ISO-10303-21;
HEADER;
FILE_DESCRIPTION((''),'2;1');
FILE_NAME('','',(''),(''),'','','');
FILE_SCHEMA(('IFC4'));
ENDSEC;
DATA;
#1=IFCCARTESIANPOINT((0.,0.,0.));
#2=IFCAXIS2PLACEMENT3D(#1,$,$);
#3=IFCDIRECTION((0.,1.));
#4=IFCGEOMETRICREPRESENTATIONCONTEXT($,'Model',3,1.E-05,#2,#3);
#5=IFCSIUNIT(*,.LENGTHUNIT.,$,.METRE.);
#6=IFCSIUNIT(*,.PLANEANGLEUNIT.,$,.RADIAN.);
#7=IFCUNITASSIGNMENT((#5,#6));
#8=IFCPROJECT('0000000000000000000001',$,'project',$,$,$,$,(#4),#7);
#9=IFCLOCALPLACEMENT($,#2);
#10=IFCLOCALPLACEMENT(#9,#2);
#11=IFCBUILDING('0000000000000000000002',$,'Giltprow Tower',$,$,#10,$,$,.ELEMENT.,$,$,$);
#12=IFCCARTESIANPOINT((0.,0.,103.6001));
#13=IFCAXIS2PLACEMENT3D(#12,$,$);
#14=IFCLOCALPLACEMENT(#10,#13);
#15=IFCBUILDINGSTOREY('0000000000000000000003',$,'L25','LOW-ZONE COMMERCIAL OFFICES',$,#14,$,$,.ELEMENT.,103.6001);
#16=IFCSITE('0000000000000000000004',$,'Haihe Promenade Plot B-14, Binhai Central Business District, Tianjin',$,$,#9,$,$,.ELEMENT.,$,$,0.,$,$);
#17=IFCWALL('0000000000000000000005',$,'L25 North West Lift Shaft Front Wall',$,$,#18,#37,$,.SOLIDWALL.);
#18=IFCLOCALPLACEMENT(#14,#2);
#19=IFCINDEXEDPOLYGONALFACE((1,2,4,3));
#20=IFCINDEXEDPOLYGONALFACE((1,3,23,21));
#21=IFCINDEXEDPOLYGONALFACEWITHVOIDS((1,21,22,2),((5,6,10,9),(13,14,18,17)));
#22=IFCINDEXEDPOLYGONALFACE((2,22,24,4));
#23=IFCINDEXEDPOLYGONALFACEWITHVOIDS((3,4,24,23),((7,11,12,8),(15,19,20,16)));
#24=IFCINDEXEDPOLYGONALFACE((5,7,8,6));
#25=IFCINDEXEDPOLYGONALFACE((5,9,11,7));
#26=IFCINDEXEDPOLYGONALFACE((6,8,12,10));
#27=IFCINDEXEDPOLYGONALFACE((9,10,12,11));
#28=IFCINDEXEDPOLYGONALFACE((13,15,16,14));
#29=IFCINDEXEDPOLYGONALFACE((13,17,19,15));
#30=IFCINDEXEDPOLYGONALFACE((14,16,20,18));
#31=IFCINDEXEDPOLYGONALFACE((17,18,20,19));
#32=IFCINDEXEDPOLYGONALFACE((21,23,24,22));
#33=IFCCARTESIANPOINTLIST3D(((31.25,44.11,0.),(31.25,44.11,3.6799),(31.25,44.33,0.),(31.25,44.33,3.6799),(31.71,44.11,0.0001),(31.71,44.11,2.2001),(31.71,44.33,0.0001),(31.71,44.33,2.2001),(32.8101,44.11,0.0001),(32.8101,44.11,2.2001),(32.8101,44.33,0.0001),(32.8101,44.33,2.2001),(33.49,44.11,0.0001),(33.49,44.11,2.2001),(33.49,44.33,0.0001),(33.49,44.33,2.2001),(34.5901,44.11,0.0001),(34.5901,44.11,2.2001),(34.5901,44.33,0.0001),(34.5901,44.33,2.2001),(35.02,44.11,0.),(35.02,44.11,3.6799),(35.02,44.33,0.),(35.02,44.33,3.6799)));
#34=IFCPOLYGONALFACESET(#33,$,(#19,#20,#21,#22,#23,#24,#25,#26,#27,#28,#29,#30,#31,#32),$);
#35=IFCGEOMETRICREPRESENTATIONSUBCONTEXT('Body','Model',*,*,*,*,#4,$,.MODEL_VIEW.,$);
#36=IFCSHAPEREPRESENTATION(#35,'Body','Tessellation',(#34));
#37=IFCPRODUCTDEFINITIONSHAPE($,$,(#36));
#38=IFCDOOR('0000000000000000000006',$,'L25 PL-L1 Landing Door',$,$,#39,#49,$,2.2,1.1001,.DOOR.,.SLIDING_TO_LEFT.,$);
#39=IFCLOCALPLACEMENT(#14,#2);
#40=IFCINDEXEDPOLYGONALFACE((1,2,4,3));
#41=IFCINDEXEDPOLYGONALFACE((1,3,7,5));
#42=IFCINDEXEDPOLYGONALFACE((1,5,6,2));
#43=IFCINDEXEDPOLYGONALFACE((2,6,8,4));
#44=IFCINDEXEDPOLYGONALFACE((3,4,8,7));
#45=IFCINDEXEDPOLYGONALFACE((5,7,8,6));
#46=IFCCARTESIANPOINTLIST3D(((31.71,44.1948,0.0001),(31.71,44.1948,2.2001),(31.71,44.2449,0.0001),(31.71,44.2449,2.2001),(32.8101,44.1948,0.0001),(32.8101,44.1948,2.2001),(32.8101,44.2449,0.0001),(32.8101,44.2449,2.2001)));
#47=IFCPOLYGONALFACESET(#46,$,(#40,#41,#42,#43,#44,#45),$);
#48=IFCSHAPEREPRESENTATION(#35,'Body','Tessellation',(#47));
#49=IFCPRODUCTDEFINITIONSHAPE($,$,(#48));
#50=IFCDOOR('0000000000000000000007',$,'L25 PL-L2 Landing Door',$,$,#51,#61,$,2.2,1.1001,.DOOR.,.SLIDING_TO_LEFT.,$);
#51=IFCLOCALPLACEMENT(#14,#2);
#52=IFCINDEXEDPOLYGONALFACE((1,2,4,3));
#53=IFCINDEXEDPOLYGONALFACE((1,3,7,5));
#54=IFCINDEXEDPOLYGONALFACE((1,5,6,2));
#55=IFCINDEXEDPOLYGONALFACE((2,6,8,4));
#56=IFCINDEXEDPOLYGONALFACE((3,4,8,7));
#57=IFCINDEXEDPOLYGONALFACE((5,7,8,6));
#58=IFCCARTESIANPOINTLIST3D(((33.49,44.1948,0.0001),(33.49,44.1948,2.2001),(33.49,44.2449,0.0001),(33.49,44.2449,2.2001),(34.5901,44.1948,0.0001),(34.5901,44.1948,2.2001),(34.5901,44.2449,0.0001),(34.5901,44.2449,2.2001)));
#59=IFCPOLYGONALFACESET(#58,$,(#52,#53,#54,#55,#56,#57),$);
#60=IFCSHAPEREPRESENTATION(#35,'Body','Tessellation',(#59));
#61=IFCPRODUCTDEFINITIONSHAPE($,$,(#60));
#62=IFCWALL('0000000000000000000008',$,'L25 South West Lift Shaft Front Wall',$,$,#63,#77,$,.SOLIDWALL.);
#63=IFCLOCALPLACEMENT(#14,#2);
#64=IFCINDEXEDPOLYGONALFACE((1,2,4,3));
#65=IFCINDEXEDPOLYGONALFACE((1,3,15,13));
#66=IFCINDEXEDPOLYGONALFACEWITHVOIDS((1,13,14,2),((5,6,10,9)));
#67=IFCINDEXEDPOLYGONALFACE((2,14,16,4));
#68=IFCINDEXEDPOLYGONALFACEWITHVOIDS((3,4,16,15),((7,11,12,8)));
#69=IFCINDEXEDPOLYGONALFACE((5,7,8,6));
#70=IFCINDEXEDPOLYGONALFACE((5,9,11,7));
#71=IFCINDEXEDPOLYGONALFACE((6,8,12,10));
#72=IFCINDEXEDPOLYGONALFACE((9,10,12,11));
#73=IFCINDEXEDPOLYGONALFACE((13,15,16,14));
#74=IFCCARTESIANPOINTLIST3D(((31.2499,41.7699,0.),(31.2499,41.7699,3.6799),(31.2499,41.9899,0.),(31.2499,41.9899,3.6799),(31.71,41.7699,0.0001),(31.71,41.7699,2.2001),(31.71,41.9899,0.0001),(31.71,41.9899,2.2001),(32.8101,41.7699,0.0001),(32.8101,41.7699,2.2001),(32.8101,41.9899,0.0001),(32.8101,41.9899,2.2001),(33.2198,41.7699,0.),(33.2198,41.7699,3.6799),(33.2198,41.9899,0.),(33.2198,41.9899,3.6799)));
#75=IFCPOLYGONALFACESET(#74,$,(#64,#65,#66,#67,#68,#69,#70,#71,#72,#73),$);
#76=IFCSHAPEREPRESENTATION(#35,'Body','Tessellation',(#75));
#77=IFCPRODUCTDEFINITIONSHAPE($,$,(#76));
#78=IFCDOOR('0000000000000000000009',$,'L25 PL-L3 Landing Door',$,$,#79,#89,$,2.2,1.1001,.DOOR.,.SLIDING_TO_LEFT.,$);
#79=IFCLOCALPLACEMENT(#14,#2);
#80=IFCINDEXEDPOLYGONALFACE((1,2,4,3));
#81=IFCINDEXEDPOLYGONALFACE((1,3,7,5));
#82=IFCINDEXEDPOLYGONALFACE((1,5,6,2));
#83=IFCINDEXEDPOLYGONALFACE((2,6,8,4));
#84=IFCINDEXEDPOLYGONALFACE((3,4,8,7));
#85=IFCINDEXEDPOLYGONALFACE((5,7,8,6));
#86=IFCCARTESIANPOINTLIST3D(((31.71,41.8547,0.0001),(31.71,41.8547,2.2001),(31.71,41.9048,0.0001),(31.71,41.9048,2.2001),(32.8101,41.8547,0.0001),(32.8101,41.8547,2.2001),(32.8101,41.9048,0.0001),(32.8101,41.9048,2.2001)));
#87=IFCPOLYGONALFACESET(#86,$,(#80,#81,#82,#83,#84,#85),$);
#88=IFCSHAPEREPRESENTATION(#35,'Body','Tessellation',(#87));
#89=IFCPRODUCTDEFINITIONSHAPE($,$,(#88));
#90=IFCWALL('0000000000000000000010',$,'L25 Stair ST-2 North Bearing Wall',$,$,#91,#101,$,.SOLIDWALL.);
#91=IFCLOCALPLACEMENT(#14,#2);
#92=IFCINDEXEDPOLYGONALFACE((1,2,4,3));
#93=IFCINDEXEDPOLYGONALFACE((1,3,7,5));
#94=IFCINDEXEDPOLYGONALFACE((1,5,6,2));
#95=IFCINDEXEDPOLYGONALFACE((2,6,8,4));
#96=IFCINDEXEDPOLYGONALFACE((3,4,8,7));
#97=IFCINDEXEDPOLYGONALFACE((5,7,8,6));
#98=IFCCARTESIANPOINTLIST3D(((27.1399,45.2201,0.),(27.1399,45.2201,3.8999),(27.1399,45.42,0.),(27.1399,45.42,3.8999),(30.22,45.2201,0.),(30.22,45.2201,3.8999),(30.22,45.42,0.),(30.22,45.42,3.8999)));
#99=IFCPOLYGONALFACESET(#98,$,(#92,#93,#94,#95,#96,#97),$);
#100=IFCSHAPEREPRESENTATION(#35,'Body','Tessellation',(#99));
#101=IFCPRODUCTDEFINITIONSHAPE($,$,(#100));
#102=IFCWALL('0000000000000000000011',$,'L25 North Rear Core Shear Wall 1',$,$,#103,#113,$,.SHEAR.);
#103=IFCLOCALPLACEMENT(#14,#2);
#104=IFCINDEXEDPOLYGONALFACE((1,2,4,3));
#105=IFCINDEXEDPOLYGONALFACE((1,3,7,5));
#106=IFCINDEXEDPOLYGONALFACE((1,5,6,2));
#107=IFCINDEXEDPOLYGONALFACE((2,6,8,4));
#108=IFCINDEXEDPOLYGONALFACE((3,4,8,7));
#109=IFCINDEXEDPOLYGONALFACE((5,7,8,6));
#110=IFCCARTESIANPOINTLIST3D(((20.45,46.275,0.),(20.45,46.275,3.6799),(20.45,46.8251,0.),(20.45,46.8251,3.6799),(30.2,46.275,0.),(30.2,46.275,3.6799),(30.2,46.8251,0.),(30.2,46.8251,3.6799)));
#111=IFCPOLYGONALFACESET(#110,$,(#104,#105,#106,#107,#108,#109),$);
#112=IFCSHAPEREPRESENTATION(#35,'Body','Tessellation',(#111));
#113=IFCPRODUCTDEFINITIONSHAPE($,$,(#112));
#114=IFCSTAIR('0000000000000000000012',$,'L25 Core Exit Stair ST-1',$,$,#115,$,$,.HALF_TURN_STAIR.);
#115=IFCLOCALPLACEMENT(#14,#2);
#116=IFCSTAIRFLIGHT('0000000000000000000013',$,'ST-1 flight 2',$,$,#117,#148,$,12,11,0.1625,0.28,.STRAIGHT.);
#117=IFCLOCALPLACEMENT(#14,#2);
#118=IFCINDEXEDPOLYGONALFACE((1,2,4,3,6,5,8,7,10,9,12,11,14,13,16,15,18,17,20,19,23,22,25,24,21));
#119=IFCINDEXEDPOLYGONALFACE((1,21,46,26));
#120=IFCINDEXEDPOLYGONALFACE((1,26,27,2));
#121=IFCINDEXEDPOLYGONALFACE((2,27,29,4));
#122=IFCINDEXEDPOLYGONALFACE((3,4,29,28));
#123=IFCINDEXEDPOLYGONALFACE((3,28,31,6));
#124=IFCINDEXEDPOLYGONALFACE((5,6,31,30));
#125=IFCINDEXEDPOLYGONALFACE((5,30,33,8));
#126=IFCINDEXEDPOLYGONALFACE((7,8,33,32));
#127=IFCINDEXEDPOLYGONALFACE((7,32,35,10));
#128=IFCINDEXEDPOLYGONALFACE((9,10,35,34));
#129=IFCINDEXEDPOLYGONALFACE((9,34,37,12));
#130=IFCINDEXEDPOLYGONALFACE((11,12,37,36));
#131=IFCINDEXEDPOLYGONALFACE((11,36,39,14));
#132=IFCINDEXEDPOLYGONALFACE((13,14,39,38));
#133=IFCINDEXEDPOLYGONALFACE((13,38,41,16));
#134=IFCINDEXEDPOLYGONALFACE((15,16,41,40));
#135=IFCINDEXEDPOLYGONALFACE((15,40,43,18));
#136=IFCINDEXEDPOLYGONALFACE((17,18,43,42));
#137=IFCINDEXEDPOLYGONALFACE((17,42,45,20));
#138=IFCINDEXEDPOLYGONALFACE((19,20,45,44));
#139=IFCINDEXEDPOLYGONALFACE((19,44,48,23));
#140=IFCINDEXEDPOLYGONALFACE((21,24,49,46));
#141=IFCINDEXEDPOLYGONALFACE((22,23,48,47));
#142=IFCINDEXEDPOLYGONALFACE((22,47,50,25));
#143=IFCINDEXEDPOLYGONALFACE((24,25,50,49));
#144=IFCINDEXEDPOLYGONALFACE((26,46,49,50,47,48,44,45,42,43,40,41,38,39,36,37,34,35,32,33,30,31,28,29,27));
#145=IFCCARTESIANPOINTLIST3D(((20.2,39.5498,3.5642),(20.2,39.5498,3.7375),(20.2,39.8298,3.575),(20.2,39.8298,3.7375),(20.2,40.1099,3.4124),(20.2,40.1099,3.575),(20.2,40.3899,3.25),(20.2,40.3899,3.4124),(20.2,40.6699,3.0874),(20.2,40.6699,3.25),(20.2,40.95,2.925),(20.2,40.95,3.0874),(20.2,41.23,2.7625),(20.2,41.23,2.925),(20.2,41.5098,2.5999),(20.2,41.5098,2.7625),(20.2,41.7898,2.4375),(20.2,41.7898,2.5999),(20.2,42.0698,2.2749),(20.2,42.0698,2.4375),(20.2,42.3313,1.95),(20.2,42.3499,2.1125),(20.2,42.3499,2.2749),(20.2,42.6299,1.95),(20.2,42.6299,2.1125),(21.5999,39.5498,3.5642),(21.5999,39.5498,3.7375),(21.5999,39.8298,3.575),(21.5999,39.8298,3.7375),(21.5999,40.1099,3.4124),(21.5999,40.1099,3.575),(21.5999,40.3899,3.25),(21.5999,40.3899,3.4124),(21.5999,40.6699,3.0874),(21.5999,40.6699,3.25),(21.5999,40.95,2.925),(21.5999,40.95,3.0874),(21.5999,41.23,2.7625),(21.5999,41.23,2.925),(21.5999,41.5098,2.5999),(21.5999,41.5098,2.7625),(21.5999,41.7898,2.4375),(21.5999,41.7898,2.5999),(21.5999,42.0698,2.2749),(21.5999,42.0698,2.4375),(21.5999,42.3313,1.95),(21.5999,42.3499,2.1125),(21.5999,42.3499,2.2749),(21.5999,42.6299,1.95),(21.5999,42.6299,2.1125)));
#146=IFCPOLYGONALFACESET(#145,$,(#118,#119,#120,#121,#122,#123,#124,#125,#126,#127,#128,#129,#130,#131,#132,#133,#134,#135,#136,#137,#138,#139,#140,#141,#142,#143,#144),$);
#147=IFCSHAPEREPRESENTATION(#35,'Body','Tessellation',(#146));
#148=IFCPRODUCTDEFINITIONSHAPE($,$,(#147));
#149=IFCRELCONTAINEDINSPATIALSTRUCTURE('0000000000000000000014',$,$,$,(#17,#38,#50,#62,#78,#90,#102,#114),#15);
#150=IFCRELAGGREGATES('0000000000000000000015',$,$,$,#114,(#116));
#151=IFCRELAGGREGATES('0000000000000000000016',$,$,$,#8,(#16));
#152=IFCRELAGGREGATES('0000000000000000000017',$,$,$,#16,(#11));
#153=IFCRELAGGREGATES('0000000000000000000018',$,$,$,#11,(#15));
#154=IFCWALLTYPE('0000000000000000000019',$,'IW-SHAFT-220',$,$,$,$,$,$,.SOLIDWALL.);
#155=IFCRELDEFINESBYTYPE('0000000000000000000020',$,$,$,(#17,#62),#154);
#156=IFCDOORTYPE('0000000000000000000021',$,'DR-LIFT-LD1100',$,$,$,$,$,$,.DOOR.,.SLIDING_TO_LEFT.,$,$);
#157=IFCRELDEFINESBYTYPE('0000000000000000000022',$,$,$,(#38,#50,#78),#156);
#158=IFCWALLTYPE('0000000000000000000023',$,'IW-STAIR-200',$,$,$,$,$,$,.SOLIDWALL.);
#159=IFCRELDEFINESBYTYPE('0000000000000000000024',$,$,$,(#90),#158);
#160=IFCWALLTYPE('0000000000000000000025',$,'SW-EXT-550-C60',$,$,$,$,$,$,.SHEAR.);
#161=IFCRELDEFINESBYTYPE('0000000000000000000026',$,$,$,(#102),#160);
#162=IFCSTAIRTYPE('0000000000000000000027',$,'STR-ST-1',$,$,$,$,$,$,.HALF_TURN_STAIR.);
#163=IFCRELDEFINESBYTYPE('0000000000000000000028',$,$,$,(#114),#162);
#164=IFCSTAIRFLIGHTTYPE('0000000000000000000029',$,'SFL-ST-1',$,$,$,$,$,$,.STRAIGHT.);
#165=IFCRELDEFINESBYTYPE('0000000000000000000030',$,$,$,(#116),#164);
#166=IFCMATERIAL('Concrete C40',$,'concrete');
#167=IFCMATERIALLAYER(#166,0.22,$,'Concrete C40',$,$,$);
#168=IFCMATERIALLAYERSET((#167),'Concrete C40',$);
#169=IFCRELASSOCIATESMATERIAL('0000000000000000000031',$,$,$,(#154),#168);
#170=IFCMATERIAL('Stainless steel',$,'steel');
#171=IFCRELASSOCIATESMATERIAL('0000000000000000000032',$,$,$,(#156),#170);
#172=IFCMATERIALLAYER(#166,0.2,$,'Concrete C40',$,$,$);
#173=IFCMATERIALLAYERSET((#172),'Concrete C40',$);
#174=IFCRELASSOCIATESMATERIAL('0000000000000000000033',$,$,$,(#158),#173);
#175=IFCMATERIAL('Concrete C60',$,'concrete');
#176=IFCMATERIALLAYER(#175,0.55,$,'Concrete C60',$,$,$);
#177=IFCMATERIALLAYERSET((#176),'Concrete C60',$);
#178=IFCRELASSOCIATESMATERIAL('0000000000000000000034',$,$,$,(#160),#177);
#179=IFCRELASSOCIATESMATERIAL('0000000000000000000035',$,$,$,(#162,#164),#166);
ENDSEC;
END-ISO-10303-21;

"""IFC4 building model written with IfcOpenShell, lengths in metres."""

from ifc_helpers import new_model, si_unit, direction, frame, frame_2d, origin, place, context, subcontext, project, spatial, polyline, rectangle, outline, extrude, source, transform, mapped, material, layer, layer_set, type_object, element, fill, aggregate, save


model = new_model("IFC4")

# Units and contexts
model_context = context("Model", 3, precision=1e-05, world=origin(), true_north=direction((0.0, 1.0)))
body_context = subcontext(model_context, "Body", "Model", "MODEL_VIEW")
ifc_project = project(units=[si_unit("LENGTHUNIT", "METRE"), si_unit("PLANEANGLEUNIT", "RADIAN")], contexts=[model_context])

# Site, building, storey
site_placement = place(None, origin())
site = spatial("IfcSite", under=ifc_project, at=site_placement, Name="Haihe Promenade Plot B-14, Binhai Central Business District, Tianjin", CompositionType="ELEMENT", RefElevation=0.0)
building_placement = place(site_placement, origin())
building = spatial("IfcBuilding", under=site, at=building_placement, Name="Giltprow Tower", CompositionType="ELEMENT")
storey_placement = place(building_placement, frame((0.0, 0.0, 103.6001)))
storey = spatial("IfcBuildingStorey", under=building, at=storey_placement, Name="L25", Description="LOW-ZONE COMMERCIAL OFFICES", CompositionType="ELEMENT", Elevation=103.6001)

# Shared definitions
ifc_material_1 = material(Name="Concrete C60", Category="concrete")

# Shared definitions
ifc_material_2 = material(Name="Concrete C40", Category="concrete")
ifc_layer_1 = layer(ifc_material_2, 0.22, Name="Concrete C40")
ifc_layer_set_1 = layer_set([ifc_layer_1], Name="Concrete C40")
wall_type_1 = type_object("IfcWallType", Name="IW-SHAFT-220", PredefinedType="SOLIDWALL", material=ifc_layer_set_1)
ifc_material_3 = material(Name="Stainless steel", Category="steel")
door_type = type_object("IfcDoorType", Name="DR-LIFT-LD1100", OperationType="SLIDING_TO_LEFT", PredefinedType="DOOR", material=ifc_material_3)
shared_shape_1 = source(origin(), body_context, "Body", "SweptSolid", [
    extrude(rectangle(XDim=1.1001, YDim=2.2, at=frame_2d((0.55, 1.1001))), frame((0.0, 0.0249, 0.0), z_axis=(0.0, -1.0, 0.0), x_axis=(1.0, 0.0, 0.0)), (0.0, 0.0, 1.0), 0.05),
])

# Wall, openings, doors
wall_1_placement = place(storey_placement, frame((31.25, 44.22, 0.0), z_axis=(0.0, 0.0, 1.0), x_axis=(1.0, 0.0, 0.0)))
wall_1 = element("IfcWall", 1, at=wall_1_placement, inside=storey, type_object=wall_type_1, Name="L25 North West Lift Shaft Front Wall", PredefinedType="SOLIDWALL", context=body_context, shape_type="SweptSolid", body=[
    extrude(rectangle(XDim=3.77, YDim=0.22, at=frame_2d((1.885, 0.0))), origin(), (0.0, 0.0, 1.0), 3.6799),
])
opening_1_placement = place(wall_1_placement, frame((0.46, 0.0, 0.0)))
opening_1 = element("IfcOpeningElement", 2, at=opening_1_placement, cuts=wall_1, PredefinedType="OPENING", context=body_context, shape_type="SweptSolid", body=[
    extrude(rectangle(XDim=1.1001, YDim=2.2, at=frame_2d((0.55, 1.1001))), frame((0.0, 0.1199, 0.0), z_axis=(0.0, -1.0, 0.0), x_axis=(1.0, 0.0, 0.0)), (0.0, 0.0, 1.0), 0.24),
])
opening_2_placement = place(wall_1_placement, frame((2.24, 0.0, 0.0)))
opening_2 = element("IfcOpeningElement", 3, at=opening_2_placement, cuts=wall_1, PredefinedType="OPENING", context=body_context, shape_type="SweptSolid", body=[
    extrude(rectangle(XDim=1.1001, YDim=2.2, at=frame_2d((0.55, 1.1001))), frame((0.0, 0.1199, 0.0), z_axis=(0.0, -1.0, 0.0), x_axis=(1.0, 0.0, 0.0)), (0.0, 0.0, 1.0), 0.24),
])
door_1_placement = place(opening_1_placement, origin())
door_1 = element("IfcDoor", 4, at=door_1_placement, inside=storey, type_object=door_type, Name="L25 PL-L1 Landing Door", OperationType="SLIDING_TO_LEFT", OverallHeight=2.2, OverallWidth=1.1001, PredefinedType="DOOR", context=body_context, shape_type="MappedRepresentation", body=[
    mapped(shared_shape_1, transform((0.0, 0.0, 0.0), x_axis=(1.0, 0.0, 0.0), y_axis=(0.0, 1.0, 0.0), z_axis=(0.0, 0.0, 1.0), scale=1.0)),
])
fill(opening_1, door_1)
door_2_placement = place(opening_2_placement, origin())
door_2 = element("IfcDoor", 5, at=door_2_placement, inside=storey, type_object=door_type, Name="L25 PL-L2 Landing Door", OperationType="SLIDING_TO_LEFT", OverallHeight=2.2, OverallWidth=1.1001, PredefinedType="DOOR", context=body_context, shape_type="MappedRepresentation", body=[
    mapped(shared_shape_1, transform((0.0, 0.0, 0.0), x_axis=(1.0, 0.0, 0.0), y_axis=(0.0, 1.0, 0.0), z_axis=(0.0, 0.0, 1.0), scale=1.0)),
])
fill(opening_2, door_2)

# Wall, opening, door
wall_2_placement = place(storey_placement, frame((31.25, 41.8799, 0.0), z_axis=(0.0, 0.0, 1.0), x_axis=(1.0, 0.0, 0.0)))
wall_2 = element("IfcWall", 6, at=wall_2_placement, inside=storey, type_object=wall_type_1, Name="L25 South West Lift Shaft Front Wall", PredefinedType="SOLIDWALL", context=body_context, shape_type="SweptSolid", body=[
    extrude(rectangle(XDim=1.97, YDim=0.22, at=frame_2d((0.9849, 0.0))), origin(), (0.0, 0.0, 1.0), 3.6799),
])
opening_3_placement = place(wall_2_placement, frame((0.46, 0.0, 0.0)))
opening_3 = element("IfcOpeningElement", 7, at=opening_3_placement, cuts=wall_2, PredefinedType="OPENING", context=body_context, shape_type="SweptSolid", body=[
    extrude(rectangle(XDim=1.1001, YDim=2.2, at=frame_2d((0.55, 1.1001))), frame((0.0, 0.1199, 0.0), z_axis=(0.0, -1.0, 0.0), x_axis=(1.0, 0.0, 0.0)), (0.0, 0.0, 1.0), 0.24),
])
door_3_placement = place(opening_3_placement, origin())
door_3 = element("IfcDoor", 8, at=door_3_placement, inside=storey, type_object=door_type, Name="L25 PL-L3 Landing Door", OperationType="SLIDING_TO_LEFT", OverallHeight=2.2, OverallWidth=1.1001, PredefinedType="DOOR", context=body_context, shape_type="MappedRepresentation", body=[
    mapped(shared_shape_1, transform((0.0, 0.0, 0.0), x_axis=(1.0, 0.0, 0.0), y_axis=(0.0, 1.0, 0.0), z_axis=(0.0, 0.0, 1.0), scale=1.0)),
])
fill(opening_3, door_3)

# Walls
ifc_layer_2 = layer(ifc_material_2, 0.2, Name="Concrete C40")
ifc_layer_set_2 = layer_set([ifc_layer_2], Name="Concrete C40")
wall_type_2 = type_object("IfcWallType", Name="IW-STAIR-200", PredefinedType="SOLIDWALL", material=ifc_layer_set_2)
wall_3_placement = place(storey_placement, frame((27.1399, 45.3201, 0.0), z_axis=(0.0, 0.0, 1.0), x_axis=(1.0, 0.0, 0.0)))
element("IfcWall", 9, at=wall_3_placement, inside=storey, type_object=wall_type_2, Name="L25 Stair ST-2 North Bearing Wall", PredefinedType="SOLIDWALL", context=body_context, shape_type="SweptSolid", body=[
    extrude(rectangle(XDim=3.0801, YDim=0.2, at=frame_2d((1.54, 0.0))), origin(), (0.0, 0.0, 1.0), 3.8999),
])
ifc_layer_3 = layer(ifc_material_1, 0.55, Name="Concrete C60")
ifc_layer_set_3 = layer_set([ifc_layer_3], Name="Concrete C60")
wall_type_3 = type_object("IfcWallType", Name="SW-EXT-550-C60", PredefinedType="SHEAR", material=ifc_layer_set_3)
wall_4_placement = place(storey_placement, frame((20.45, 46.55, 0.0), z_axis=(0.0, 0.0, 1.0), x_axis=(1.0, 0.0, 0.0)))
element("IfcWall", 10, at=wall_4_placement, inside=storey, type_object=wall_type_3, Name="L25 North Rear Core Shear Wall 1", PredefinedType="SHEAR", context=body_context, shape_type="SweptSolid", body=[
    extrude(rectangle(XDim=9.75, YDim=0.55, at=frame_2d((4.875, 0.0))), origin(), (0.0, 0.0, 1.0), 3.6799),
])

# Stair, stair flight
stair_type_1 = type_object("IfcStairType", Name="STR-ST-1", PredefinedType="HALF_TURN_STAIR", material=ifc_material_2)
stair_1_placement = place(storey_placement, origin())
stair_1 = element("IfcStair", 11, at=stair_1_placement, inside=storey, type_object=stair_type_1, Name="L25 Core Exit Stair ST-1", PredefinedType="HALF_TURN_STAIR")
stair_flight_type_1 = type_object("IfcStairFlightType", Name="SFL-ST-1", PredefinedType="STRAIGHT", material=ifc_material_2)
stair_flight_1_placement = place(storey_placement, frame((20.8999, 42.6299, 1.95), z_axis=(0.0, 0.0, 1.0), x_axis=(0.0, -1.0, 0.0)))
stair_flight_1 = element("IfcStairFlight", 12, at=stair_flight_1_placement, type_object=stair_flight_type_1, Name="ST-1 flight 2", NumberOfRisers=12, NumberOfTreads=11, PredefinedType="STRAIGHT", RiserHeight=0.1625, TreadLength=0.28, context=body_context, shape_type="SweptSolid", body=[
    extrude(outline(polyline([(0.0, 0.0), (0.0, 0.1626), (0.28, 0.1626), (0.28, 0.325), (0.5601, 0.325), (0.5601, 0.4875), (0.8401, 0.4875), (0.8401, 0.6499), (1.1201, 0.6499), (1.1201, 0.8125), (1.3999, 0.8125), (1.3999, 0.9751), (1.6799, 0.9751), (1.6799, 1.1375), (1.96, 1.1375), (1.96, 1.3), (2.24, 1.3), (2.24, 1.4624), (2.52, 1.4624), (2.52, 1.625), (2.8, 1.625), (2.8, 1.7876), (3.0801, 1.7876), (3.0801, 1.95), (3.0801, 1.6143), (0.2986, 0.0), (0.0, 0.0)])), frame((0.0, 0.7, 0.0), z_axis=(0.0, -1.0, 0.0), x_axis=(1.0, 0.0, 0.0)), (0.0, 0.0, 1.0), 1.3999),
])
aggregate(stair_1, [stair_flight_1])

save(model, "model.ifc")
